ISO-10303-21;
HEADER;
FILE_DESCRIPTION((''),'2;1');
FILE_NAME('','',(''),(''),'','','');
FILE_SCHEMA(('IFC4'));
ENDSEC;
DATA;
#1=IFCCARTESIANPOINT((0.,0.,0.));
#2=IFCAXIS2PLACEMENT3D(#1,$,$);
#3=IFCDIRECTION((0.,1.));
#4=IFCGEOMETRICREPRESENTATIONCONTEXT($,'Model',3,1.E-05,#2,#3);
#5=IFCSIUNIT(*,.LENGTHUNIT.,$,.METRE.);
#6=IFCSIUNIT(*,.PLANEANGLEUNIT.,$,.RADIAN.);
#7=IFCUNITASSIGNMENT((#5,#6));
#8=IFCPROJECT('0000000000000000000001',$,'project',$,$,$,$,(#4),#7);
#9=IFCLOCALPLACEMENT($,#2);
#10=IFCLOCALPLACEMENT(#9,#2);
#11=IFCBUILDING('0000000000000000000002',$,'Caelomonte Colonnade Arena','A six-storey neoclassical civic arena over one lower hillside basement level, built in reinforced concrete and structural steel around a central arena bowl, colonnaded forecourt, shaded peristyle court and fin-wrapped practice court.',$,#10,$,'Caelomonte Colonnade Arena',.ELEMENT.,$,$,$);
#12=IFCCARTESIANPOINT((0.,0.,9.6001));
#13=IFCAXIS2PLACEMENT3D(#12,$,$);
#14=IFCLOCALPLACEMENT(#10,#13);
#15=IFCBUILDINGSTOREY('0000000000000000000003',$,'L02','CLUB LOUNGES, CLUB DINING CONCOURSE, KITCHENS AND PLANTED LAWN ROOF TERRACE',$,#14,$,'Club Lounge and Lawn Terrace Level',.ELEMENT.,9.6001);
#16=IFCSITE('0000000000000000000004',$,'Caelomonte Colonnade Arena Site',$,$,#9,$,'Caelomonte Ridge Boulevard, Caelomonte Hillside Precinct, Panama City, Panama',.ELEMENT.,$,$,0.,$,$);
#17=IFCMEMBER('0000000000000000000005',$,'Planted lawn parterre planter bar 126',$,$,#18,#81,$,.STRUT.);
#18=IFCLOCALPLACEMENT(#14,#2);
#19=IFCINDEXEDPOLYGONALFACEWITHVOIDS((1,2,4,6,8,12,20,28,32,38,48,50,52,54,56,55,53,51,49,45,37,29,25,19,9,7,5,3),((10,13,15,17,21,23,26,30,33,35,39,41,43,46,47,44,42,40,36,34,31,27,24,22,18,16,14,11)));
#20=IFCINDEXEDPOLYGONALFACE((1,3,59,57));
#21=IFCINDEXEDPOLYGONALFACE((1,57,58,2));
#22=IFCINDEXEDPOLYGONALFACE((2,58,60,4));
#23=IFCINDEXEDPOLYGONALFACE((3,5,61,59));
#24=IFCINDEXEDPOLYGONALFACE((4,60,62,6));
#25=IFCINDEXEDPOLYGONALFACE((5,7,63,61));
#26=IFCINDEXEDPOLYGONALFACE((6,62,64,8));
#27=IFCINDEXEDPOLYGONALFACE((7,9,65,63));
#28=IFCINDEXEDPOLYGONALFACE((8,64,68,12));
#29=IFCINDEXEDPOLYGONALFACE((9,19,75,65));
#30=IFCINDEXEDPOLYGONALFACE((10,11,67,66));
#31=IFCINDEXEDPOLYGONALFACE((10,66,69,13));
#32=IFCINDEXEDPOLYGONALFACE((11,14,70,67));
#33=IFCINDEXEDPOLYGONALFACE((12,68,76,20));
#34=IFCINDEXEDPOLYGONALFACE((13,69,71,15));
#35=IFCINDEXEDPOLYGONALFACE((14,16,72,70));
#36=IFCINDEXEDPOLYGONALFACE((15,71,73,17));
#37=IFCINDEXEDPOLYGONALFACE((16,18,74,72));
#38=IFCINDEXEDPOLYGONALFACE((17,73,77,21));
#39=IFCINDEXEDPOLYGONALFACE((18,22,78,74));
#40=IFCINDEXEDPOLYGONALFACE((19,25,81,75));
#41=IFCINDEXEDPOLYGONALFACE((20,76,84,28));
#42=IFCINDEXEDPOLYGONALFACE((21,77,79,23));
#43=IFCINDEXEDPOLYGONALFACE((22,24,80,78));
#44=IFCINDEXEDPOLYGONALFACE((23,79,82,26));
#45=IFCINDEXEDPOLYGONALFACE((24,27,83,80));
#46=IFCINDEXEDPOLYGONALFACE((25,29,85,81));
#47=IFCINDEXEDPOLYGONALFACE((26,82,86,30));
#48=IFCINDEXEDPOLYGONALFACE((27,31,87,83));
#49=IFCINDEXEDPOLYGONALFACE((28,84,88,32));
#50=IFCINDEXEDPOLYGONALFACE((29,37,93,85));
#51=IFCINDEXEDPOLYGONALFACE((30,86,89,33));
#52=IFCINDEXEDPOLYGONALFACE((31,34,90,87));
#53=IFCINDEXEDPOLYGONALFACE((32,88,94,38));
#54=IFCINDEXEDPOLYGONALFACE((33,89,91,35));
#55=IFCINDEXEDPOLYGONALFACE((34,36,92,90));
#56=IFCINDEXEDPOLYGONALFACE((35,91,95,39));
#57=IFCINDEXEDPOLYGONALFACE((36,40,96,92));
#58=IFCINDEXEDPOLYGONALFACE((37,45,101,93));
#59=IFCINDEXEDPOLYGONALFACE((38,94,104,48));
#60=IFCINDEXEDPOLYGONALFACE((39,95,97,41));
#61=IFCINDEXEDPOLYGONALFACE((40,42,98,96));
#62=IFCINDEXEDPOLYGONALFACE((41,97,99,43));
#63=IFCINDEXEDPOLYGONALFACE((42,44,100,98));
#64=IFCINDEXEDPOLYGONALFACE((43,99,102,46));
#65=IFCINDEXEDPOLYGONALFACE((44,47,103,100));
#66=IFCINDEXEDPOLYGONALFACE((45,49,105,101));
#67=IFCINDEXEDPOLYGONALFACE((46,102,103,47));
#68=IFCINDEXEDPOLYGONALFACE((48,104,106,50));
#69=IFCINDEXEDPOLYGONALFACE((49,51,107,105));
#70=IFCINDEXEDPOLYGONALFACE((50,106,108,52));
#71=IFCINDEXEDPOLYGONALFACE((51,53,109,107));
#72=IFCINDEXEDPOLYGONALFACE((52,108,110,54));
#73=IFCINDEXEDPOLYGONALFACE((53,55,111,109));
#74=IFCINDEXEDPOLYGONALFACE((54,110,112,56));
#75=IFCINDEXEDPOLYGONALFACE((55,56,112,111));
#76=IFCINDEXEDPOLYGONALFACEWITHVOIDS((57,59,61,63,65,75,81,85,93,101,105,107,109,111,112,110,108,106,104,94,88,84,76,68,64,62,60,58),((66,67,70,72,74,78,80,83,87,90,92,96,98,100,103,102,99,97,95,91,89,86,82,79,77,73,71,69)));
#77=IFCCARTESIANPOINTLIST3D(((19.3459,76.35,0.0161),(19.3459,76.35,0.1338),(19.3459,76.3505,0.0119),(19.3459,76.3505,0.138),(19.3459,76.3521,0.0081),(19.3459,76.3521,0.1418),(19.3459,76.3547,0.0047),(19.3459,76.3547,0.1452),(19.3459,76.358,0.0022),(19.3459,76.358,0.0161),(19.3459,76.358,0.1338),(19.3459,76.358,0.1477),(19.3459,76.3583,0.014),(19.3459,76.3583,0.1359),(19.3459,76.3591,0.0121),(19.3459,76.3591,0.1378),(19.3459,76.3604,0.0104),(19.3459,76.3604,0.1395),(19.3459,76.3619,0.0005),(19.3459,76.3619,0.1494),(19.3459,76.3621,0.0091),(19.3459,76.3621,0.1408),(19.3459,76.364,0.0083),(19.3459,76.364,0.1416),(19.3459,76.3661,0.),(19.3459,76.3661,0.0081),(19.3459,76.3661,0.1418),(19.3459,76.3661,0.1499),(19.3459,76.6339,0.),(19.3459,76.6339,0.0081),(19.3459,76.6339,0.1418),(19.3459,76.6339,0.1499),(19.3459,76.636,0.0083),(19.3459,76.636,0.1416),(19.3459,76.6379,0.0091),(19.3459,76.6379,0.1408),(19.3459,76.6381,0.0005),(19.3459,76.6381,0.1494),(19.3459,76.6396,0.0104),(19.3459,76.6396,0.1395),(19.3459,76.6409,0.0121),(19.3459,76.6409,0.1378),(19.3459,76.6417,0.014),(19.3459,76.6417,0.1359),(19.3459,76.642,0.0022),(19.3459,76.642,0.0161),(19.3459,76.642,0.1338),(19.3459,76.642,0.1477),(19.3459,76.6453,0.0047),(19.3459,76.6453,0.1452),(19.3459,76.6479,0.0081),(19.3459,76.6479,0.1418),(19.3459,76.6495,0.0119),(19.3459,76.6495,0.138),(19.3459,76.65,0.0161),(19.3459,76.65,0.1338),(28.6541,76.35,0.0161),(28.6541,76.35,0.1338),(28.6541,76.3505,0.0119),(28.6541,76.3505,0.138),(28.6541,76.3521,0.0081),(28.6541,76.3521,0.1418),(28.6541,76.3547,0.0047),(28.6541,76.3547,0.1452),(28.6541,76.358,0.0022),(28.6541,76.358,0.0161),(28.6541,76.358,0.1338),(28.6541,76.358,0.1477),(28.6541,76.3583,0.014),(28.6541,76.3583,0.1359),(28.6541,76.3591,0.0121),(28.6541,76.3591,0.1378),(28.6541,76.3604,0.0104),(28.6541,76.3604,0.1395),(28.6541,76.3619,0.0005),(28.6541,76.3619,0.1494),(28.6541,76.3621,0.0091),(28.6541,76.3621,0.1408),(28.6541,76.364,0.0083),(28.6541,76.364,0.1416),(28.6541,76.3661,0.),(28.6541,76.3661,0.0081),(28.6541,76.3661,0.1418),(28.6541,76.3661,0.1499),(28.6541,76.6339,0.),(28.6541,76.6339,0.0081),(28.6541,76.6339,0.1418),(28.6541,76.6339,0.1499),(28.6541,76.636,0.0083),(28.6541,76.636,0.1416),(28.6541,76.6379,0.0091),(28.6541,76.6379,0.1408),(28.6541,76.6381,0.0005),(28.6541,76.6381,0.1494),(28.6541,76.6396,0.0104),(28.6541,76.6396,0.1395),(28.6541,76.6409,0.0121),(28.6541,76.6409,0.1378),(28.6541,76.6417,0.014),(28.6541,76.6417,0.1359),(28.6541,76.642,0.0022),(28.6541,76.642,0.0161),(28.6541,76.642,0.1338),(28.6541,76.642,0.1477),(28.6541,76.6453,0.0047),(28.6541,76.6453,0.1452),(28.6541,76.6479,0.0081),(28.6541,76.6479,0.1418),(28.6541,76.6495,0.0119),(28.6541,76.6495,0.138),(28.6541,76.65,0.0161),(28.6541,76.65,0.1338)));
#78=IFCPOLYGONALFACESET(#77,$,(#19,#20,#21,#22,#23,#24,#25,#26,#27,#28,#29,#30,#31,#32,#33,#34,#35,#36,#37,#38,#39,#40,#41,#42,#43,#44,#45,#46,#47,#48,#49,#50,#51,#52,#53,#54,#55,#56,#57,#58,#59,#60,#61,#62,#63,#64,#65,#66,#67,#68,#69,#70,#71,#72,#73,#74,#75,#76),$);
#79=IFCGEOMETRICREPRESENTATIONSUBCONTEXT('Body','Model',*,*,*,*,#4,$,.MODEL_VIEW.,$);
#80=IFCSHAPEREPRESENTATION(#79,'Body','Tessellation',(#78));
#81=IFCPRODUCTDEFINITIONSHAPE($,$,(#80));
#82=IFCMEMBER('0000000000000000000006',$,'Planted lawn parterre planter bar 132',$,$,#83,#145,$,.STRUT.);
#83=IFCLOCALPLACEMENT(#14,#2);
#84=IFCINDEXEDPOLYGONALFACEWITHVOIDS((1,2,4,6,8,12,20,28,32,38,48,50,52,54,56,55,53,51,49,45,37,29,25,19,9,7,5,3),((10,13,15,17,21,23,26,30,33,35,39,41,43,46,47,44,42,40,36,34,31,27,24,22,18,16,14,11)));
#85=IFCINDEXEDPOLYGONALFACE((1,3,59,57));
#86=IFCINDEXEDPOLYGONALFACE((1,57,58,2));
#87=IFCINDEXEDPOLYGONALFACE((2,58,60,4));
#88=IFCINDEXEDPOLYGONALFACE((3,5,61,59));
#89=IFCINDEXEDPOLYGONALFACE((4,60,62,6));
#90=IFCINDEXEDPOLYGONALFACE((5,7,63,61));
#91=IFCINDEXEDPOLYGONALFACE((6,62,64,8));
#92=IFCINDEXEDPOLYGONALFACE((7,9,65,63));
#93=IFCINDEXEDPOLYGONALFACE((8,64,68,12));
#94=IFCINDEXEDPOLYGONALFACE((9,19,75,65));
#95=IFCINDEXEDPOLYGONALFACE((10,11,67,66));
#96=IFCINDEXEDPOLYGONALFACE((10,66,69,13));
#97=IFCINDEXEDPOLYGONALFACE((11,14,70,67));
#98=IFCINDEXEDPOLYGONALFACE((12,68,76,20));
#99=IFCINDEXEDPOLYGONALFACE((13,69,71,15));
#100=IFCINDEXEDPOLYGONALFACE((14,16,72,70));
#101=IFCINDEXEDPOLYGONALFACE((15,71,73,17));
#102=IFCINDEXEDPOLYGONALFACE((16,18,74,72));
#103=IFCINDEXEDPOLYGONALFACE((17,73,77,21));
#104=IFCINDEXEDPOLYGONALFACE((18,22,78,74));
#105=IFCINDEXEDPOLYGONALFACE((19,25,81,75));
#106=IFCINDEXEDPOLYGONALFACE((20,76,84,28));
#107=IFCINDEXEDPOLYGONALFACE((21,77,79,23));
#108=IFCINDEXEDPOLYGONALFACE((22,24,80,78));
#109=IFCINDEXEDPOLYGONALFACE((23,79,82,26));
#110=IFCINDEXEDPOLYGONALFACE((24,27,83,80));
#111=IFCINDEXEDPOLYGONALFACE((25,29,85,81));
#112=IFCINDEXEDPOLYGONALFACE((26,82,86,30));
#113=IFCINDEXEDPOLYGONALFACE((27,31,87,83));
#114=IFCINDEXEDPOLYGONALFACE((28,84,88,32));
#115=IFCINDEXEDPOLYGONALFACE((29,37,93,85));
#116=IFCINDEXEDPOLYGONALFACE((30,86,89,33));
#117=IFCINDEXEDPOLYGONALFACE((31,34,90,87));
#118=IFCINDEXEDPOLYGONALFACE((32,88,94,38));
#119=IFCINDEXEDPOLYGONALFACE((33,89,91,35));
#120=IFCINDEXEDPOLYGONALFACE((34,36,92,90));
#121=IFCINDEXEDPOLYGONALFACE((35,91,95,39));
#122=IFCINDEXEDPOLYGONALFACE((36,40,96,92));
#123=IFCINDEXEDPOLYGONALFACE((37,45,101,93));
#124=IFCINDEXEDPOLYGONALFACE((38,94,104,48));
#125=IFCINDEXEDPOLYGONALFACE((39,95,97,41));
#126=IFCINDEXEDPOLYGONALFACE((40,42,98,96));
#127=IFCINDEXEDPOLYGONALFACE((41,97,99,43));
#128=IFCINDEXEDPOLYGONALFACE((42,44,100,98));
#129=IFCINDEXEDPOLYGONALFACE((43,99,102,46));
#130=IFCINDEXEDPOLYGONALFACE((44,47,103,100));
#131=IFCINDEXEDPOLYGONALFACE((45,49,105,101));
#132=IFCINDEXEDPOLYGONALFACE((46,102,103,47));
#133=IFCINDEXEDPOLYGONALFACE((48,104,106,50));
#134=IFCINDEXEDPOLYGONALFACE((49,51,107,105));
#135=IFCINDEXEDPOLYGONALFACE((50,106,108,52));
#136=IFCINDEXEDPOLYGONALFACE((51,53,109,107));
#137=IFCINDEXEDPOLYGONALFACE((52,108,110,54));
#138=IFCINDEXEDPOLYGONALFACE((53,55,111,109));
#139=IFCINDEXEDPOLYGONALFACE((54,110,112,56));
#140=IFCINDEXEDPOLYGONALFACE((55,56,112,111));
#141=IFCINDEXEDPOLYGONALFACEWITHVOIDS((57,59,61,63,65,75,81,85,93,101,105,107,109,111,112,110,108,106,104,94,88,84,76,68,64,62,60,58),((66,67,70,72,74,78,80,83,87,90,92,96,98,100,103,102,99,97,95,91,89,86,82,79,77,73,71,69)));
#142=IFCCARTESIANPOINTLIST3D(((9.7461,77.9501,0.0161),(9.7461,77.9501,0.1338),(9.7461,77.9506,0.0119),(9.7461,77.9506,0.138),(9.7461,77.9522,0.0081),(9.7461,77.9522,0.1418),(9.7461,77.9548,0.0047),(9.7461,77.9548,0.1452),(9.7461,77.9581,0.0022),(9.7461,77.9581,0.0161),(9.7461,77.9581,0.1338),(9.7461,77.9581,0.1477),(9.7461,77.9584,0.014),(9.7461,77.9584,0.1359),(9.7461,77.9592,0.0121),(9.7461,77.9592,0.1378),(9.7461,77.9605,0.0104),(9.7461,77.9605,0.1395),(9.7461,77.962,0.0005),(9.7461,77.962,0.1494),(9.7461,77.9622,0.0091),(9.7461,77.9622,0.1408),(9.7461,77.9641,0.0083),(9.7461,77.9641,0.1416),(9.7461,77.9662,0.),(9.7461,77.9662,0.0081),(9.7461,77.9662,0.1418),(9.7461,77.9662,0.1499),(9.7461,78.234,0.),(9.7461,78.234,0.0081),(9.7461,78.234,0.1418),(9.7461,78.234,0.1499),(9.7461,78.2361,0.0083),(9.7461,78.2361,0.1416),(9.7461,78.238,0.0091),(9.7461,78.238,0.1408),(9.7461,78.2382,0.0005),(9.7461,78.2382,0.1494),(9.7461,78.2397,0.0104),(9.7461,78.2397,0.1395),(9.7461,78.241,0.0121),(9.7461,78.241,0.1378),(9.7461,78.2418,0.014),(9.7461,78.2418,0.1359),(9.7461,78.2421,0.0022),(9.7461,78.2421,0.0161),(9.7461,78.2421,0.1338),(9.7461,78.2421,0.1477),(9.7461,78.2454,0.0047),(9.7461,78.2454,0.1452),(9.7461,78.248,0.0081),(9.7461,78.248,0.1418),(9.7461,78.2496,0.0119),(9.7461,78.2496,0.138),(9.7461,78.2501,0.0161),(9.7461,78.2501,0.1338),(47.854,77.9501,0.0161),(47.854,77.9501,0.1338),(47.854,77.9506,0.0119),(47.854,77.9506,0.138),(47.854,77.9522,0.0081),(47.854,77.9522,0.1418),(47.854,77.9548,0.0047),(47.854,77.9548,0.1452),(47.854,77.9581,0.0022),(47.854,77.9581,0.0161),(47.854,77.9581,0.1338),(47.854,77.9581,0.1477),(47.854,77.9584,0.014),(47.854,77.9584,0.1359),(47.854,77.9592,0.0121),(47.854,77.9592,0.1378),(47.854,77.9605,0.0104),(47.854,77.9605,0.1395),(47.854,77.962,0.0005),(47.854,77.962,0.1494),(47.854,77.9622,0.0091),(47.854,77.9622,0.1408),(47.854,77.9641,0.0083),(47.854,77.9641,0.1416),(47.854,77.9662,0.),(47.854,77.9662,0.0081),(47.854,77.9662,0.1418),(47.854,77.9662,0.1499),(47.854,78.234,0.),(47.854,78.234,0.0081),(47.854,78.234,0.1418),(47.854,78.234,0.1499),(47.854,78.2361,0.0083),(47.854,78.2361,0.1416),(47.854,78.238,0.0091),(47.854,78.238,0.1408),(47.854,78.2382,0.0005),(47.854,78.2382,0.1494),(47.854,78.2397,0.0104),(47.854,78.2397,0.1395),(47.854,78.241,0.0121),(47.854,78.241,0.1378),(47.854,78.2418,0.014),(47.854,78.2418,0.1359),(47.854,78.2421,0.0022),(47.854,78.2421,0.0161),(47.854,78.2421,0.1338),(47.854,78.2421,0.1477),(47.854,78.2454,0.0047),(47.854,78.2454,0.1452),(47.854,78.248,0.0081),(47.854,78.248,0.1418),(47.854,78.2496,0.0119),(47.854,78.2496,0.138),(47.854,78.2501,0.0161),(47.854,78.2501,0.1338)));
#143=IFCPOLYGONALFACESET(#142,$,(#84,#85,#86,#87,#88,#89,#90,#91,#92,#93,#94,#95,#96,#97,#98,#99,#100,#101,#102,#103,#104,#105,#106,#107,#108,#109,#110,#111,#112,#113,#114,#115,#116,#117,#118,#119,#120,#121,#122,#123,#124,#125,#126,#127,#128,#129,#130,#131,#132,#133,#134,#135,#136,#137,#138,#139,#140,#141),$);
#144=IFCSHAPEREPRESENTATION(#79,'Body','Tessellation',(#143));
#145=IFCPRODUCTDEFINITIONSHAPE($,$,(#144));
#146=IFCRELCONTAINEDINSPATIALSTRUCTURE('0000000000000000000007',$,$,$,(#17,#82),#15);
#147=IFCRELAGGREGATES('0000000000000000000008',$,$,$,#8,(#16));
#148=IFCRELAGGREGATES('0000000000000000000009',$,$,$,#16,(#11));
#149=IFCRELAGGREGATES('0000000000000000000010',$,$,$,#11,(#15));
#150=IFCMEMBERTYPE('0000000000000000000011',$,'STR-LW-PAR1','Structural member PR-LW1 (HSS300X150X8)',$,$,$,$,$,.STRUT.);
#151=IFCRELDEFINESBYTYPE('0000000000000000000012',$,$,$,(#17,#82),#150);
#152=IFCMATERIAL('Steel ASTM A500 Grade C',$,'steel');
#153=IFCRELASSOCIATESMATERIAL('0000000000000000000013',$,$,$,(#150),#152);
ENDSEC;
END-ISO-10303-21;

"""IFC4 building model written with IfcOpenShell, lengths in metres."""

from ifc_helpers import new_model, si_unit, direction, frame, origin, origin_2d, place, context, subcontext, project, spatial, hollow_rectangle, extrude, material, material_profile, profile_set, type_object, element, save


model = new_model("IFC4")

# Units and contexts
model_context = context("Model", 3, precision=1e-05, world=origin(), true_north=direction((0.0, 1.0)))
body_context = subcontext(model_context, "Body", "Model", "MODEL_VIEW")
ifc_project = project(units=[si_unit("LENGTHUNIT", "METRE"), si_unit("PLANEANGLEUNIT", "RADIAN")], contexts=[model_context])

# Site, building, storey
site_placement = place(None, origin())
site = spatial("IfcSite", under=ifc_project, at=site_placement, Name="Caelomonte Colonnade Arena Site", LongName="Caelomonte Ridge Boulevard, Caelomonte Hillside Precinct, Panama City, Panama", CompositionType="ELEMENT", RefElevation=0.0)
building_placement = place(site_placement, origin())
building = spatial("IfcBuilding", under=site, at=building_placement, Name="Caelomonte Colonnade Arena", Description="A six-storey neoclassical civic arena over one lower hillside basement level, built in reinforced concrete and structural steel around a central arena bowl, colonnaded forecourt, shaded peristyle court and fin-wrapped practice court.", LongName="Caelomonte Colonnade Arena", CompositionType="ELEMENT")
storey_placement = place(building_placement, frame((0.0, 0.0, 9.6001)))
storey = spatial("IfcBuildingStorey", under=building, at=storey_placement, Name="L02", Description="CLUB LOUNGES, CLUB DINING CONCOURSE, KITCHENS AND PLANTED LAWN ROOF TERRACE", LongName="Club Lounge and Lawn Terrace Level", CompositionType="ELEMENT", Elevation=9.6001)

# Members
ifc_material_1 = material(Name="Steel ASTM A500 Grade C", Category="steel")
ifc_material_profile_1 = material_profile(ifc_material_1, hollow_rectangle(XDim=0.3, YDim=0.1499, WallThickness=0.0081, InnerFilletRadius=0.0081, OuterFilletRadius=0.0161, at=origin_2d()), Name="HSS300X150X8")
ifc_profile_set_1 = profile_set([ifc_material_profile_1], Name="Steel ASTM A500 Grade C")
member_type = type_object("IfcMemberType", Name="STR-LW-PAR1", Description="Structural member PR-LW1 (HSS300X150X8)", PredefinedType="STRUT", material=ifc_profile_set_1)
for number, where, z_axis, x_axis, name in (
    (1, (19.3459, 76.5, 0.075), (1.0, 0.0, 0.0), (0.0, 1.0, 0.0), "Planted lawn parterre planter bar 126"),
):
    element("IfcMember", number, at=place(storey_placement, frame(where, z_axis=z_axis, x_axis=x_axis)), inside=storey, type_object=member_type, Name=name, PredefinedType="STRUT", context=body_context, shape_type="SweptSolid", body=[
        extrude(hollow_rectangle(XDim=0.3, YDim=0.1499, WallThickness=0.0081, InnerFilletRadius=0.0081, OuterFilletRadius=0.0161, at=origin_2d()), origin(), (0.0, 0.0, 1.0), 9.3081),
    ])
for number, where, z_axis, x_axis, name in (
    (2, (9.7461, 78.1001, 0.075), (1.0, 0.0, 0.0), (0.0, 1.0, 0.0), "Planted lawn parterre planter bar 132"),
):
    element("IfcMember", number, at=place(storey_placement, frame(where, z_axis=z_axis, x_axis=x_axis)), inside=storey, type_object=member_type, Name=name, PredefinedType="STRUT", context=body_context, shape_type="SweptSolid", body=[
        extrude(hollow_rectangle(XDim=0.3, YDim=0.1499, WallThickness=0.0081, InnerFilletRadius=0.0081, OuterFilletRadius=0.0161, at=origin_2d()), origin(), (0.0, 0.0, 1.0), 38.1079),
    ])

save(model, "model.ifc")
